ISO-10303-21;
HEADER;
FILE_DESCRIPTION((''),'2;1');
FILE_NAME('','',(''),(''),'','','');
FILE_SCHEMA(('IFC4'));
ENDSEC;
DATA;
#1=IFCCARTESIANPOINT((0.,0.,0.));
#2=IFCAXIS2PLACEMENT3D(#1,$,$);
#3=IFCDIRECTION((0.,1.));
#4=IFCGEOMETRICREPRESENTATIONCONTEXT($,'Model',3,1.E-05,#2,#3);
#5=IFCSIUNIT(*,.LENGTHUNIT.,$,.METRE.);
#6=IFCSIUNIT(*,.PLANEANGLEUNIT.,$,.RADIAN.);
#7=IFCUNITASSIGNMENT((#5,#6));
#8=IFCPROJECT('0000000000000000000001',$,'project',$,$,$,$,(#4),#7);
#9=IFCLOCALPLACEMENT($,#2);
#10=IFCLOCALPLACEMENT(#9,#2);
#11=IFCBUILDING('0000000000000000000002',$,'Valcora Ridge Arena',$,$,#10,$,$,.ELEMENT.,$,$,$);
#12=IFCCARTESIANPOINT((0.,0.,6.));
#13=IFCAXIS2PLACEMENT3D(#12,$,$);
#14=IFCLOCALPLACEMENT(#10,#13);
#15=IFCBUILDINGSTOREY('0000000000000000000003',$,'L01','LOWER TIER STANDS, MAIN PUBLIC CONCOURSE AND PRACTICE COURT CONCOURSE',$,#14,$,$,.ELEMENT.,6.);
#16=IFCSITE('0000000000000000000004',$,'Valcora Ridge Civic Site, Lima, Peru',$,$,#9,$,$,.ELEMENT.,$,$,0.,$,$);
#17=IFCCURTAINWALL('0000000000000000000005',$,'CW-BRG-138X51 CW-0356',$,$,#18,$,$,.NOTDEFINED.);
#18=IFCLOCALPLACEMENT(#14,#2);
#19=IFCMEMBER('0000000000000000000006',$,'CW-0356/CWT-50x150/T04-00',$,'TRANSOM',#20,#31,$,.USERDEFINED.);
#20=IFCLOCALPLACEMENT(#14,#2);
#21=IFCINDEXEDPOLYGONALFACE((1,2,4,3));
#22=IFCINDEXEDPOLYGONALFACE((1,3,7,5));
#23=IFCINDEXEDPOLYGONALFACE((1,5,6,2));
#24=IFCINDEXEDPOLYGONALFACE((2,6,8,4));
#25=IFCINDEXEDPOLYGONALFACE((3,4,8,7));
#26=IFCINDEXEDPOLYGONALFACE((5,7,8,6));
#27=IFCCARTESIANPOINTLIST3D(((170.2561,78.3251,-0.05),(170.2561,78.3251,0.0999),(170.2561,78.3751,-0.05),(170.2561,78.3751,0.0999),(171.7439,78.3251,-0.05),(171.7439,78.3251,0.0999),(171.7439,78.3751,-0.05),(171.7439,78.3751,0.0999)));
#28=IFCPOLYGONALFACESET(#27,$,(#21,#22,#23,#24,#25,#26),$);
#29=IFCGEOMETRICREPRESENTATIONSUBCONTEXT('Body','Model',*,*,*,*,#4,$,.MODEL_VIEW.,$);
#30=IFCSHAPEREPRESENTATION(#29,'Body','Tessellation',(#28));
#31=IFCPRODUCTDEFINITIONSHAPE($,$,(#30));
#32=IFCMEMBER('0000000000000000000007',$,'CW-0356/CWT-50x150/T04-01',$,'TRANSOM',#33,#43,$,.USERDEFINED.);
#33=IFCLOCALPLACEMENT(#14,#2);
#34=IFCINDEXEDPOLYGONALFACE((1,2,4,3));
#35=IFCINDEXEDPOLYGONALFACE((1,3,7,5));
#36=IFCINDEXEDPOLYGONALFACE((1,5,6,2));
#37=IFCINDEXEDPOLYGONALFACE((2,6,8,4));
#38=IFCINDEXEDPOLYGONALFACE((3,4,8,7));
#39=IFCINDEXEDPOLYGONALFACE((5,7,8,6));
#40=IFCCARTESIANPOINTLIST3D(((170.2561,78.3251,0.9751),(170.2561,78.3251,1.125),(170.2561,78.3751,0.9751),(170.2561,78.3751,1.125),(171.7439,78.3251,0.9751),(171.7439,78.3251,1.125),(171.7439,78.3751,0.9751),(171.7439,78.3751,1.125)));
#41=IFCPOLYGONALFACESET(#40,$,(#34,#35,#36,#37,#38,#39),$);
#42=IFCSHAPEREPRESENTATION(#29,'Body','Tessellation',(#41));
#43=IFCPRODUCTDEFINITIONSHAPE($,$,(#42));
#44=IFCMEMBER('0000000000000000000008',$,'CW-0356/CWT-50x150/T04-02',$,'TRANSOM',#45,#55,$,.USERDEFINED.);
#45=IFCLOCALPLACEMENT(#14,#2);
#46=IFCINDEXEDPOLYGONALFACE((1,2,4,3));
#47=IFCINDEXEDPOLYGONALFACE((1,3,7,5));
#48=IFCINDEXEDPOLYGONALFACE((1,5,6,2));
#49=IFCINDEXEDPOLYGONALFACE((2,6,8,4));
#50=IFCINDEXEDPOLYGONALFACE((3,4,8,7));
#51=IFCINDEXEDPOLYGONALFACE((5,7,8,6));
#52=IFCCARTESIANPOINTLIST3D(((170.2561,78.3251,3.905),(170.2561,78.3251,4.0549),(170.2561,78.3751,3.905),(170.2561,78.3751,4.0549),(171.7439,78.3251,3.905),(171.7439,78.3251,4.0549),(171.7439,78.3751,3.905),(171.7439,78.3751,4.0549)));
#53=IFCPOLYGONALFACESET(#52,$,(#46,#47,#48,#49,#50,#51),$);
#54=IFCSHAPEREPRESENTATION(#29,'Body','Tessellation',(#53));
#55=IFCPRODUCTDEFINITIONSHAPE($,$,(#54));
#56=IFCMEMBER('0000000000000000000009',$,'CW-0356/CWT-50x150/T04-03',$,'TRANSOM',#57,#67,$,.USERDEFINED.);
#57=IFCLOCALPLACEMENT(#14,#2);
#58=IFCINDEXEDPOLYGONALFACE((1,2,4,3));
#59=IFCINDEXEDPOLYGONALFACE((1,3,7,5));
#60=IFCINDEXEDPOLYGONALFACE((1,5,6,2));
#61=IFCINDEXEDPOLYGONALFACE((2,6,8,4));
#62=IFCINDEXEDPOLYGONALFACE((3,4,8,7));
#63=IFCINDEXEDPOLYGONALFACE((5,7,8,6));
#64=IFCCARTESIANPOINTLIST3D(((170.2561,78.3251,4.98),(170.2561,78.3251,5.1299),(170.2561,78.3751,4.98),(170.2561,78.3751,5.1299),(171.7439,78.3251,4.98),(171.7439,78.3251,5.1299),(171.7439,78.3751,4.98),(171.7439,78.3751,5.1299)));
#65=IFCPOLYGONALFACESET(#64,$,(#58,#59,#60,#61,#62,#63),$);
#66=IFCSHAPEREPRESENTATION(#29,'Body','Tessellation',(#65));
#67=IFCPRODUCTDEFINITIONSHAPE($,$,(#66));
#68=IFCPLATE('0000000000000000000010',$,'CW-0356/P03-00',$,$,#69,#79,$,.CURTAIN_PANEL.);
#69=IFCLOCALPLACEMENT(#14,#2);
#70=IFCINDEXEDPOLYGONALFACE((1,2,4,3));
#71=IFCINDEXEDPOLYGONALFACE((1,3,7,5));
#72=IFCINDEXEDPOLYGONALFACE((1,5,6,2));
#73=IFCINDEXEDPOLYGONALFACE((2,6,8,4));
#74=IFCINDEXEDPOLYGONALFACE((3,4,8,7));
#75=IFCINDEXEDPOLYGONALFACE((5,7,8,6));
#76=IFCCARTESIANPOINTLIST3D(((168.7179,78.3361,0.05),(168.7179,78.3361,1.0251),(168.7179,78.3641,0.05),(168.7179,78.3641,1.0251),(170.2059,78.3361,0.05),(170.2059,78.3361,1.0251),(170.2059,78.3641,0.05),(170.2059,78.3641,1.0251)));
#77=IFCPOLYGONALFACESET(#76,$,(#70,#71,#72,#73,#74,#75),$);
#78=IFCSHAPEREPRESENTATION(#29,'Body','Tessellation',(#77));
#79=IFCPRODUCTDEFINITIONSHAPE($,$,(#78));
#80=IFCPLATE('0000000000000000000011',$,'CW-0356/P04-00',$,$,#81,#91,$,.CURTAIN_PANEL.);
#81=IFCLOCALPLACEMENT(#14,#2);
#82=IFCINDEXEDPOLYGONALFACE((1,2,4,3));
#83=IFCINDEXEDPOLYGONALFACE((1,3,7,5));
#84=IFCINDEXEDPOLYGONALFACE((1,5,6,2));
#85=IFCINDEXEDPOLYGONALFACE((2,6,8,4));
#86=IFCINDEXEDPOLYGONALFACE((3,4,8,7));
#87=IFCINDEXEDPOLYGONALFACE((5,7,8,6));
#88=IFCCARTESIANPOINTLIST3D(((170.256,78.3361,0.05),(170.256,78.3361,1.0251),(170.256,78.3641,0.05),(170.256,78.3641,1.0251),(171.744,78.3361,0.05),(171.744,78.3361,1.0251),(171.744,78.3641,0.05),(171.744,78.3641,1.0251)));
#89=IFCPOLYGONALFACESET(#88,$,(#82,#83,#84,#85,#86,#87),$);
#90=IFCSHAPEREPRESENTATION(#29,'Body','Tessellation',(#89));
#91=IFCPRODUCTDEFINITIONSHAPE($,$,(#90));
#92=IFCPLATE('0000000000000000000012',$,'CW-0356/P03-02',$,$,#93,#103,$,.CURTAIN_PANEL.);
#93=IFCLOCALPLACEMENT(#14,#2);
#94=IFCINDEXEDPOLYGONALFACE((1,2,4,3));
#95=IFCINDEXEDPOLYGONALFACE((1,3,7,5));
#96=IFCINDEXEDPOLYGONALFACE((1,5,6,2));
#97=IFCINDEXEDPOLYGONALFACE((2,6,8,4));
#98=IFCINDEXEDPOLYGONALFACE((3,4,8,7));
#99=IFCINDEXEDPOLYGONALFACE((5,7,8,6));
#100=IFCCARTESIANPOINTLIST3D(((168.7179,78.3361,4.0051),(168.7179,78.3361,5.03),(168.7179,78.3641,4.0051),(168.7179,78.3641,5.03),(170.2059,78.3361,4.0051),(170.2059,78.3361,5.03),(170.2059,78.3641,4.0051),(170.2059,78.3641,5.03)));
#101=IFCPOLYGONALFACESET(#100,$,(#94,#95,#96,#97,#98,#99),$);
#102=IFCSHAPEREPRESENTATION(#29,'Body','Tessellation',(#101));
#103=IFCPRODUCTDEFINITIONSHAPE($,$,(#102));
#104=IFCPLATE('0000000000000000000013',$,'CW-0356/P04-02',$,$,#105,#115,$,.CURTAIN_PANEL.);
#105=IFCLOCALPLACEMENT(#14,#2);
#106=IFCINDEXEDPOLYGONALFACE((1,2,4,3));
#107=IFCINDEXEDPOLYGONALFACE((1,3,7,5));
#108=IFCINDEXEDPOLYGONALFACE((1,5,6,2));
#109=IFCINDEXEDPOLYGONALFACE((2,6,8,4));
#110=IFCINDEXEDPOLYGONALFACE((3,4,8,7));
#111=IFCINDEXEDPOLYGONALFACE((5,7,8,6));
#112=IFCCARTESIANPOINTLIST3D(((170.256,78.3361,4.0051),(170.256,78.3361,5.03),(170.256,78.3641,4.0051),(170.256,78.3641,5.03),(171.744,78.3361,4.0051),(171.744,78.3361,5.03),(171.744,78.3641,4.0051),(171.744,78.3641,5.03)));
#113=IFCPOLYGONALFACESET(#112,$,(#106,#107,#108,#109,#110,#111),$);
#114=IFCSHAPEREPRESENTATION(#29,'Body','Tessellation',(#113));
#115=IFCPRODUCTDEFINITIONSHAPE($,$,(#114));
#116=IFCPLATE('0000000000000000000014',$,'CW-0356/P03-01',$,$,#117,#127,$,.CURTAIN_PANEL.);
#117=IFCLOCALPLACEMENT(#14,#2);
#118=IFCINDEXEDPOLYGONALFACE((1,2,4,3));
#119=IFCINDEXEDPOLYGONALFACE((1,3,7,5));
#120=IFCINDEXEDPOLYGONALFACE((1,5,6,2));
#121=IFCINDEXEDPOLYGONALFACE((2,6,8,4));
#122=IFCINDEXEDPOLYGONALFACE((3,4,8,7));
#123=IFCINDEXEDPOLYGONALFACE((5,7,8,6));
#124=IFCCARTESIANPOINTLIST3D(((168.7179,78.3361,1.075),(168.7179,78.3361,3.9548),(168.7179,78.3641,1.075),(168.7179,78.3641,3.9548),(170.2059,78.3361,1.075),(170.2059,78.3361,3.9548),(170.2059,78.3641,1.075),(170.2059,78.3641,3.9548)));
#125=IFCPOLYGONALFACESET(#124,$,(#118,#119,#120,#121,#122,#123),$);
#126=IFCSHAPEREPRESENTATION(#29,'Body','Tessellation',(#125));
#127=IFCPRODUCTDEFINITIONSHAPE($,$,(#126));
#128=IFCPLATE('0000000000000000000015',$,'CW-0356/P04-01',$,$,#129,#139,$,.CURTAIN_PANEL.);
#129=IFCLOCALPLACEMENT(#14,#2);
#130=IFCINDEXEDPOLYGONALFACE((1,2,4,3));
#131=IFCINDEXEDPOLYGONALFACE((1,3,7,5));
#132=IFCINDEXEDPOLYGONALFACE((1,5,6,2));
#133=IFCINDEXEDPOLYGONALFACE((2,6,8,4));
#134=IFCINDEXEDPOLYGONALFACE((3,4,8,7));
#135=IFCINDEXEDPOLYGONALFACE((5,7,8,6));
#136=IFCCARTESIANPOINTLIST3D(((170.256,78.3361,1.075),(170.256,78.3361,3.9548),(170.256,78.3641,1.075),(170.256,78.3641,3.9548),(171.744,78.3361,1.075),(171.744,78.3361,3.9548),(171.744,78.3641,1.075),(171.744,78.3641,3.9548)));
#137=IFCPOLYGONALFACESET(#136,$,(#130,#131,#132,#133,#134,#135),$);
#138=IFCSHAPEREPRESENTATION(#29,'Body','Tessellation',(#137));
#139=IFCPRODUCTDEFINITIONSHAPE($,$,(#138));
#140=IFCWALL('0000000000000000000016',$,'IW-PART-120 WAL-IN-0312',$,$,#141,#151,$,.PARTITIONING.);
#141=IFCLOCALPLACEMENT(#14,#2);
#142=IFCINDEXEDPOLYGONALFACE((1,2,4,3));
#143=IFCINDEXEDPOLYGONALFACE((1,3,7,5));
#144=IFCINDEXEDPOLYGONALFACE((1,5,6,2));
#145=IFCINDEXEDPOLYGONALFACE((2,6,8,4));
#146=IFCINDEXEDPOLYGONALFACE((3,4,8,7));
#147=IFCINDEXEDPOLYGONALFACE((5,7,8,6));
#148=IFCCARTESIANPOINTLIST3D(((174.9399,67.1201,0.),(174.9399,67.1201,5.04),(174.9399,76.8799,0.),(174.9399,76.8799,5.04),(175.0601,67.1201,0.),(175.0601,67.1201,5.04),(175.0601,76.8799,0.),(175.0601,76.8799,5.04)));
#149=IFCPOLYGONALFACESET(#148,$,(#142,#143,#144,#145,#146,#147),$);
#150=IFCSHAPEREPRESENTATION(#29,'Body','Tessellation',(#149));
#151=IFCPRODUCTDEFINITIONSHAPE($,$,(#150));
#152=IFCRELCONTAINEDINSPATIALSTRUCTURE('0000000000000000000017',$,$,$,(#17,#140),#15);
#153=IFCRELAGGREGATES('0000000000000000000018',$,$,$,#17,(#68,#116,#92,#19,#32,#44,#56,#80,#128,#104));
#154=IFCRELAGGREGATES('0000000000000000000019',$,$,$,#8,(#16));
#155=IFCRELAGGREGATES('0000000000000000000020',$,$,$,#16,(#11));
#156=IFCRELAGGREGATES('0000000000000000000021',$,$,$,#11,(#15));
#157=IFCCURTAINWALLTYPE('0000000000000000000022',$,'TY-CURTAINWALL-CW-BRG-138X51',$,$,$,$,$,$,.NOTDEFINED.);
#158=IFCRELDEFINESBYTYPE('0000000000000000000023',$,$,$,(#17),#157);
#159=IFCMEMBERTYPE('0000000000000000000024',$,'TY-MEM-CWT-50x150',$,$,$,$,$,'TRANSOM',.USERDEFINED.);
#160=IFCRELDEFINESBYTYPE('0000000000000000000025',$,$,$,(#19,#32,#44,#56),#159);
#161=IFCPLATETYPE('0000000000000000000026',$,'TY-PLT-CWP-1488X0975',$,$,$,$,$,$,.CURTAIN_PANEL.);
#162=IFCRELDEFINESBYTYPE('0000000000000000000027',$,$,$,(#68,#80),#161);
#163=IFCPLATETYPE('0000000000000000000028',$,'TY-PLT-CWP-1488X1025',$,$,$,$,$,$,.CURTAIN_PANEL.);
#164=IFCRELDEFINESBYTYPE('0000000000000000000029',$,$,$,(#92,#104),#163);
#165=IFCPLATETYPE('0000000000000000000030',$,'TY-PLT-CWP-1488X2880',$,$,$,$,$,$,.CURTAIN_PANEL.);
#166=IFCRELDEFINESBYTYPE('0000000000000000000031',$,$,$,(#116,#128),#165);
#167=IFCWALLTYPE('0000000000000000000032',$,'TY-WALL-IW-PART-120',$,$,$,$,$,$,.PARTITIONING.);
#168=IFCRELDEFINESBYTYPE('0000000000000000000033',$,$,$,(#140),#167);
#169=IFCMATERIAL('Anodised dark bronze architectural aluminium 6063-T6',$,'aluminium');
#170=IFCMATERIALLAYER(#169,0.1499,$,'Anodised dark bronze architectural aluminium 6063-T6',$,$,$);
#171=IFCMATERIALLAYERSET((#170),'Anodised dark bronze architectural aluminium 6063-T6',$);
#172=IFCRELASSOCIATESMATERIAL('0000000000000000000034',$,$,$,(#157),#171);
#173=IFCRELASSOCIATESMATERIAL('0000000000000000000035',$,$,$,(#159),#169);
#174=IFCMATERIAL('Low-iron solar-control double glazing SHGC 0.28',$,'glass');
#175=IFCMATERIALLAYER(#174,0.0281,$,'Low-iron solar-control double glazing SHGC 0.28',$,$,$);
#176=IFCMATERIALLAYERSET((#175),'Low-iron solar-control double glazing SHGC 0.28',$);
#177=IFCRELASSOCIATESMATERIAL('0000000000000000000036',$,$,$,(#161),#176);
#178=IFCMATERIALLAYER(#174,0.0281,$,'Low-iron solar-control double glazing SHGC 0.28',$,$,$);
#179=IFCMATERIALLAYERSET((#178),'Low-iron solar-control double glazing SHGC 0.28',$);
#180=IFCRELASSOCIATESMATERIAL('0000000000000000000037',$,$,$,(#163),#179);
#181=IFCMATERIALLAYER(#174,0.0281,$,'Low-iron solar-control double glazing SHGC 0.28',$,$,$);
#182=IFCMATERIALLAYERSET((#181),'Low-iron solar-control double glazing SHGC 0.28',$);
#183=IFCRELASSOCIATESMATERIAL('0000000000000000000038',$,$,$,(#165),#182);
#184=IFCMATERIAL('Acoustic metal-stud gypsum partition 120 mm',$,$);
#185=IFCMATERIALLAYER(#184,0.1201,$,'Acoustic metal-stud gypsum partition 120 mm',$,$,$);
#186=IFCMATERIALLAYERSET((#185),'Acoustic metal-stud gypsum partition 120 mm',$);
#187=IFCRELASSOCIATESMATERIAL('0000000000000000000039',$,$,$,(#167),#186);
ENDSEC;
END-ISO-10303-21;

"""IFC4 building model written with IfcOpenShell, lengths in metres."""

from ifc_helpers import new_model, si_unit, direction, frame, frame_2d, origin, origin_2d, place, context, subcontext, project, spatial, rectangle, extrude, material, layer, layer_set, material_profile, profile_set, type_object, element, aggregate, save


model = new_model("IFC4")

# Units and contexts
model_context = context("Model", 3, precision=1e-05, world=origin(), true_north=direction((0.0, 1.0)))
body_context = subcontext(model_context, "Body", "Model", "MODEL_VIEW")
ifc_project = project(units=[si_unit("LENGTHUNIT", "METRE"), si_unit("PLANEANGLEUNIT", "RADIAN")], contexts=[model_context])

# Site, building, storey
site_placement = place(None, origin())
site = spatial("IfcSite", under=ifc_project, at=site_placement, Name="Valcora Ridge Civic Site, Lima, Peru", CompositionType="ELEMENT", RefElevation=0.0)
building_placement = place(site_placement, origin())
building = spatial("IfcBuilding", under=site, at=building_placement, Name="Valcora Ridge Arena", CompositionType="ELEMENT")
storey_placement = place(building_placement, frame((0.0, 0.0, 6.0)))
storey = spatial("IfcBuildingStorey", under=building, at=storey_placement, Name="L01", Description="LOWER TIER STANDS, MAIN PUBLIC CONCOURSE AND PRACTICE COURT CONCOURSE", CompositionType="ELEMENT", Elevation=6.0)

# Curtain wall, members, plates
ifc_material_1 = material(Name="Anodised dark bronze architectural aluminium 6063-T6", Category="aluminium")
ifc_layer_1 = layer(ifc_material_1, 0.1499, Name="Anodised dark bronze architectural aluminium 6063-T6")
ifc_layer_set_1 = layer_set([ifc_layer_1], Name="Anodised dark bronze architectural aluminium 6063-T6")
curtain_wall_type = type_object("IfcCurtainWallType", Name="TY-CURTAINWALL-CW-BRG-138X51", PredefinedType="NOTDEFINED", material=ifc_layer_set_1)
curtain_wall_placement = place(storey_placement, origin())
curtain_wall = element("IfcCurtainWall", 1, at=curtain_wall_placement, inside=storey, type_object=curtain_wall_type, Name="CW-BRG-138X51 CW-0356", PredefinedType="NOTDEFINED")
ifc_material_profile_1 = material_profile(ifc_material_1, rectangle(XDim=0.05, YDim=0.1499, at=origin_2d()), Name="ALU TRANSOM 50x150")
ifc_profile_set_1 = profile_set([ifc_material_profile_1], Name="Anodised dark bronze architectural aluminium 6063-T6")
member_type_1 = type_object("IfcMemberType", Name="TY-MEM-CWT-50x150", ElementType="TRANSOM", PredefinedType="USERDEFINED", material=ifc_profile_set_1)
member_1_placement = place(storey_placement, frame((170.2561, 78.3501, 0.0249), z_axis=(1.0, 0.0, 0.0), x_axis=(0.0, 1.0, 0.0)))
member_1 = element("IfcMember", 2, at=member_1_placement, type_object=member_type_1, Name="CW-0356/CWT-50x150/T04-00", ObjectType="TRANSOM", PredefinedType="USERDEFINED", context=body_context, shape_type="SweptSolid", body=[
    extrude(rectangle(XDim=0.05, YDim=0.1499, at=origin_2d()), origin(), (0.0, 0.0, 1.0), 1.4878),
])
member_2_placement = place(storey_placement, frame((170.2561, 78.3501, 1.05), z_axis=(1.0, 0.0, 0.0), x_axis=(0.0, 1.0, 0.0)))
member_2 = element("IfcMember", 3, at=member_2_placement, type_object=member_type_1, Name="CW-0356/CWT-50x150/T04-01", ObjectType="TRANSOM", PredefinedType="USERDEFINED", context=body_context, shape_type="SweptSolid", body=[
    extrude(rectangle(XDim=0.05, YDim=0.1499, at=origin_2d()), origin(), (0.0, 0.0, 1.0), 1.4878),
])
member_3_placement = place(storey_placement, frame((170.2561, 78.3501, 3.98), z_axis=(1.0, 0.0, 0.0), x_axis=(0.0, 1.0, 0.0)))
member_3 = element("IfcMember", 4, at=member_3_placement, type_object=member_type_1, Name="CW-0356/CWT-50x150/T04-02", ObjectType="TRANSOM", PredefinedType="USERDEFINED", context=body_context, shape_type="SweptSolid", body=[
    extrude(rectangle(XDim=0.05, YDim=0.1499, at=origin_2d()), origin(), (0.0, 0.0, 1.0), 1.4878),
])
member_4_placement = place(storey_placement, frame((170.2561, 78.3501, 5.0549), z_axis=(1.0, 0.0, 0.0), x_axis=(0.0, 1.0, 0.0)))
member_4 = element("IfcMember", 5, at=member_4_placement, type_object=member_type_1, Name="CW-0356/CWT-50x150/T04-03", ObjectType="TRANSOM", PredefinedType="USERDEFINED", context=body_context, shape_type="SweptSolid", body=[
    extrude(rectangle(XDim=0.05, YDim=0.1499, at=origin_2d()), origin(), (0.0, 0.0, 1.0), 1.4878),
])
ifc_material_2 = material(Name="Low-iron solar-control double glazing SHGC 0.28", Category="glass")
ifc_layer_2 = layer(ifc_material_2, 0.0281, Name="Low-iron solar-control double glazing SHGC 0.28")
ifc_layer_set_2 = layer_set([ifc_layer_2], Name="Low-iron solar-control double glazing SHGC 0.28")
plate_type_1 = type_object("IfcPlateType", Name="TY-PLT-CWP-1488X0975", PredefinedType="CURTAIN_PANEL", material=ifc_layer_set_2)
plate_1_placement = place(storey_placement, frame((169.4619, 78.3501, 0.05), z_axis=(0.0, 0.0, 1.0), x_axis=(1.0, 0.0, 0.0)))
plate_1 = element("IfcPlate", 6, at=plate_1_placement, type_object=plate_type_1, Name="CW-0356/P03-00", PredefinedType="CURTAIN_PANEL", context=body_context, shape_type="SweptSolid", body=[
    extrude(rectangle(XDim=1.488, YDim=0.0281, at=origin_2d()), origin(), (0.0, 0.0, 1.0), 0.9751),
])
plate_2_placement = place(storey_placement, frame((171.0, 78.3501, 0.05), z_axis=(0.0, 0.0, 1.0), x_axis=(1.0, 0.0, 0.0)))
plate_2 = element("IfcPlate", 7, at=plate_2_placement, type_object=plate_type_1, Name="CW-0356/P04-00", PredefinedType="CURTAIN_PANEL", context=body_context, shape_type="SweptSolid", body=[
    extrude(rectangle(XDim=1.488, YDim=0.0281, at=origin_2d()), origin(), (0.0, 0.0, 1.0), 0.9751),
])
ifc_layer_3 = layer(ifc_material_2, 0.0281, Name="Low-iron solar-control double glazing SHGC 0.28")
ifc_layer_set_3 = layer_set([ifc_layer_3], Name="Low-iron solar-control double glazing SHGC 0.28")
plate_type_2 = type_object("IfcPlateType", Name="TY-PLT-CWP-1488X1025", PredefinedType="CURTAIN_PANEL", material=ifc_layer_set_3)
plate_3_placement = place(storey_placement, frame((169.4619, 78.3501, 4.0051), z_axis=(0.0, 0.0, 1.0), x_axis=(1.0, 0.0, 0.0)))
plate_3 = element("IfcPlate", 8, at=plate_3_placement, type_object=plate_type_2, Name="CW-0356/P03-02", PredefinedType="CURTAIN_PANEL", context=body_context, shape_type="SweptSolid", body=[
    extrude(rectangle(XDim=1.488, YDim=0.0281, at=origin_2d()), origin(), (0.0, 0.0, 1.0), 1.0249),
])
plate_4_placement = place(storey_placement, frame((171.0, 78.3501, 4.0051), z_axis=(0.0, 0.0, 1.0), x_axis=(1.0, 0.0, 0.0)))
plate_4 = element("IfcPlate", 9, at=plate_4_placement, type_object=plate_type_2, Name="CW-0356/P04-02", PredefinedType="CURTAIN_PANEL", context=body_context, shape_type="SweptSolid", body=[
    extrude(rectangle(XDim=1.488, YDim=0.0281, at=origin_2d()), origin(), (0.0, 0.0, 1.0), 1.0249),
])
ifc_layer_4 = layer(ifc_material_2, 0.0281, Name="Low-iron solar-control double glazing SHGC 0.28")
ifc_layer_set_4 = layer_set([ifc_layer_4], Name="Low-iron solar-control double glazing SHGC 0.28")
plate_type_3 = type_object("IfcPlateType", Name="TY-PLT-CWP-1488X2880", PredefinedType="CURTAIN_PANEL", material=ifc_layer_set_4)
plate_5_placement = place(storey_placement, frame((169.4619, 78.3501, 1.075), z_axis=(0.0, 0.0, 1.0), x_axis=(1.0, 0.0, 0.0)))
plate_5 = element("IfcPlate", 10, at=plate_5_placement, type_object=plate_type_3, Name="CW-0356/P03-01", PredefinedType="CURTAIN_PANEL", context=body_context, shape_type="SweptSolid", body=[
    extrude(rectangle(XDim=1.488, YDim=0.0281, at=origin_2d()), origin(), (0.0, 0.0, 1.0), 2.8799),
])
plate_6_placement = place(storey_placement, frame((171.0, 78.3501, 1.075), z_axis=(0.0, 0.0, 1.0), x_axis=(1.0, 0.0, 0.0)))
plate_6 = element("IfcPlate", 11, at=plate_6_placement, type_object=plate_type_3, Name="CW-0356/P04-01", PredefinedType="CURTAIN_PANEL", context=body_context, shape_type="SweptSolid", body=[
    extrude(rectangle(XDim=1.488, YDim=0.0281, at=origin_2d()), origin(), (0.0, 0.0, 1.0), 2.8799),
])
aggregate(curtain_wall, [plate_1, plate_5, plate_3, member_1, member_2, member_3, member_4, plate_2, plate_6, plate_4])

# Wall
ifc_material_3 = material(Name="Acoustic metal-stud gypsum partition 120 mm")
ifc_layer_5 = layer(ifc_material_3, 0.1201, Name="Acoustic metal-stud gypsum partition 120 mm")
ifc_layer_set_5 = layer_set([ifc_layer_5], Name="Acoustic metal-stud gypsum partition 120 mm")
wall_type = type_object("IfcWallType", Name="TY-WALL-IW-PART-120", PredefinedType="PARTITIONING", material=ifc_layer_set_5)
wall_placement = place(storey_placement, frame((175.0, 67.1201, 0.0), z_axis=(0.0, 0.0, 1.0), x_axis=(0.0, 1.0, 0.0)))
element("IfcWall", 12, at=wall_placement, inside=storey, type_object=wall_type, Name="IW-PART-120 WAL-IN-0312", PredefinedType="PARTITIONING", context=body_context, shape_type="SweptSolid", body=[
    extrude(rectangle(XDim=9.7598, YDim=0.1201, at=frame_2d((4.8799, 0.0))), origin(), (0.0, 0.0, 1.0), 5.04),
])

save(model, "model.ifc")
